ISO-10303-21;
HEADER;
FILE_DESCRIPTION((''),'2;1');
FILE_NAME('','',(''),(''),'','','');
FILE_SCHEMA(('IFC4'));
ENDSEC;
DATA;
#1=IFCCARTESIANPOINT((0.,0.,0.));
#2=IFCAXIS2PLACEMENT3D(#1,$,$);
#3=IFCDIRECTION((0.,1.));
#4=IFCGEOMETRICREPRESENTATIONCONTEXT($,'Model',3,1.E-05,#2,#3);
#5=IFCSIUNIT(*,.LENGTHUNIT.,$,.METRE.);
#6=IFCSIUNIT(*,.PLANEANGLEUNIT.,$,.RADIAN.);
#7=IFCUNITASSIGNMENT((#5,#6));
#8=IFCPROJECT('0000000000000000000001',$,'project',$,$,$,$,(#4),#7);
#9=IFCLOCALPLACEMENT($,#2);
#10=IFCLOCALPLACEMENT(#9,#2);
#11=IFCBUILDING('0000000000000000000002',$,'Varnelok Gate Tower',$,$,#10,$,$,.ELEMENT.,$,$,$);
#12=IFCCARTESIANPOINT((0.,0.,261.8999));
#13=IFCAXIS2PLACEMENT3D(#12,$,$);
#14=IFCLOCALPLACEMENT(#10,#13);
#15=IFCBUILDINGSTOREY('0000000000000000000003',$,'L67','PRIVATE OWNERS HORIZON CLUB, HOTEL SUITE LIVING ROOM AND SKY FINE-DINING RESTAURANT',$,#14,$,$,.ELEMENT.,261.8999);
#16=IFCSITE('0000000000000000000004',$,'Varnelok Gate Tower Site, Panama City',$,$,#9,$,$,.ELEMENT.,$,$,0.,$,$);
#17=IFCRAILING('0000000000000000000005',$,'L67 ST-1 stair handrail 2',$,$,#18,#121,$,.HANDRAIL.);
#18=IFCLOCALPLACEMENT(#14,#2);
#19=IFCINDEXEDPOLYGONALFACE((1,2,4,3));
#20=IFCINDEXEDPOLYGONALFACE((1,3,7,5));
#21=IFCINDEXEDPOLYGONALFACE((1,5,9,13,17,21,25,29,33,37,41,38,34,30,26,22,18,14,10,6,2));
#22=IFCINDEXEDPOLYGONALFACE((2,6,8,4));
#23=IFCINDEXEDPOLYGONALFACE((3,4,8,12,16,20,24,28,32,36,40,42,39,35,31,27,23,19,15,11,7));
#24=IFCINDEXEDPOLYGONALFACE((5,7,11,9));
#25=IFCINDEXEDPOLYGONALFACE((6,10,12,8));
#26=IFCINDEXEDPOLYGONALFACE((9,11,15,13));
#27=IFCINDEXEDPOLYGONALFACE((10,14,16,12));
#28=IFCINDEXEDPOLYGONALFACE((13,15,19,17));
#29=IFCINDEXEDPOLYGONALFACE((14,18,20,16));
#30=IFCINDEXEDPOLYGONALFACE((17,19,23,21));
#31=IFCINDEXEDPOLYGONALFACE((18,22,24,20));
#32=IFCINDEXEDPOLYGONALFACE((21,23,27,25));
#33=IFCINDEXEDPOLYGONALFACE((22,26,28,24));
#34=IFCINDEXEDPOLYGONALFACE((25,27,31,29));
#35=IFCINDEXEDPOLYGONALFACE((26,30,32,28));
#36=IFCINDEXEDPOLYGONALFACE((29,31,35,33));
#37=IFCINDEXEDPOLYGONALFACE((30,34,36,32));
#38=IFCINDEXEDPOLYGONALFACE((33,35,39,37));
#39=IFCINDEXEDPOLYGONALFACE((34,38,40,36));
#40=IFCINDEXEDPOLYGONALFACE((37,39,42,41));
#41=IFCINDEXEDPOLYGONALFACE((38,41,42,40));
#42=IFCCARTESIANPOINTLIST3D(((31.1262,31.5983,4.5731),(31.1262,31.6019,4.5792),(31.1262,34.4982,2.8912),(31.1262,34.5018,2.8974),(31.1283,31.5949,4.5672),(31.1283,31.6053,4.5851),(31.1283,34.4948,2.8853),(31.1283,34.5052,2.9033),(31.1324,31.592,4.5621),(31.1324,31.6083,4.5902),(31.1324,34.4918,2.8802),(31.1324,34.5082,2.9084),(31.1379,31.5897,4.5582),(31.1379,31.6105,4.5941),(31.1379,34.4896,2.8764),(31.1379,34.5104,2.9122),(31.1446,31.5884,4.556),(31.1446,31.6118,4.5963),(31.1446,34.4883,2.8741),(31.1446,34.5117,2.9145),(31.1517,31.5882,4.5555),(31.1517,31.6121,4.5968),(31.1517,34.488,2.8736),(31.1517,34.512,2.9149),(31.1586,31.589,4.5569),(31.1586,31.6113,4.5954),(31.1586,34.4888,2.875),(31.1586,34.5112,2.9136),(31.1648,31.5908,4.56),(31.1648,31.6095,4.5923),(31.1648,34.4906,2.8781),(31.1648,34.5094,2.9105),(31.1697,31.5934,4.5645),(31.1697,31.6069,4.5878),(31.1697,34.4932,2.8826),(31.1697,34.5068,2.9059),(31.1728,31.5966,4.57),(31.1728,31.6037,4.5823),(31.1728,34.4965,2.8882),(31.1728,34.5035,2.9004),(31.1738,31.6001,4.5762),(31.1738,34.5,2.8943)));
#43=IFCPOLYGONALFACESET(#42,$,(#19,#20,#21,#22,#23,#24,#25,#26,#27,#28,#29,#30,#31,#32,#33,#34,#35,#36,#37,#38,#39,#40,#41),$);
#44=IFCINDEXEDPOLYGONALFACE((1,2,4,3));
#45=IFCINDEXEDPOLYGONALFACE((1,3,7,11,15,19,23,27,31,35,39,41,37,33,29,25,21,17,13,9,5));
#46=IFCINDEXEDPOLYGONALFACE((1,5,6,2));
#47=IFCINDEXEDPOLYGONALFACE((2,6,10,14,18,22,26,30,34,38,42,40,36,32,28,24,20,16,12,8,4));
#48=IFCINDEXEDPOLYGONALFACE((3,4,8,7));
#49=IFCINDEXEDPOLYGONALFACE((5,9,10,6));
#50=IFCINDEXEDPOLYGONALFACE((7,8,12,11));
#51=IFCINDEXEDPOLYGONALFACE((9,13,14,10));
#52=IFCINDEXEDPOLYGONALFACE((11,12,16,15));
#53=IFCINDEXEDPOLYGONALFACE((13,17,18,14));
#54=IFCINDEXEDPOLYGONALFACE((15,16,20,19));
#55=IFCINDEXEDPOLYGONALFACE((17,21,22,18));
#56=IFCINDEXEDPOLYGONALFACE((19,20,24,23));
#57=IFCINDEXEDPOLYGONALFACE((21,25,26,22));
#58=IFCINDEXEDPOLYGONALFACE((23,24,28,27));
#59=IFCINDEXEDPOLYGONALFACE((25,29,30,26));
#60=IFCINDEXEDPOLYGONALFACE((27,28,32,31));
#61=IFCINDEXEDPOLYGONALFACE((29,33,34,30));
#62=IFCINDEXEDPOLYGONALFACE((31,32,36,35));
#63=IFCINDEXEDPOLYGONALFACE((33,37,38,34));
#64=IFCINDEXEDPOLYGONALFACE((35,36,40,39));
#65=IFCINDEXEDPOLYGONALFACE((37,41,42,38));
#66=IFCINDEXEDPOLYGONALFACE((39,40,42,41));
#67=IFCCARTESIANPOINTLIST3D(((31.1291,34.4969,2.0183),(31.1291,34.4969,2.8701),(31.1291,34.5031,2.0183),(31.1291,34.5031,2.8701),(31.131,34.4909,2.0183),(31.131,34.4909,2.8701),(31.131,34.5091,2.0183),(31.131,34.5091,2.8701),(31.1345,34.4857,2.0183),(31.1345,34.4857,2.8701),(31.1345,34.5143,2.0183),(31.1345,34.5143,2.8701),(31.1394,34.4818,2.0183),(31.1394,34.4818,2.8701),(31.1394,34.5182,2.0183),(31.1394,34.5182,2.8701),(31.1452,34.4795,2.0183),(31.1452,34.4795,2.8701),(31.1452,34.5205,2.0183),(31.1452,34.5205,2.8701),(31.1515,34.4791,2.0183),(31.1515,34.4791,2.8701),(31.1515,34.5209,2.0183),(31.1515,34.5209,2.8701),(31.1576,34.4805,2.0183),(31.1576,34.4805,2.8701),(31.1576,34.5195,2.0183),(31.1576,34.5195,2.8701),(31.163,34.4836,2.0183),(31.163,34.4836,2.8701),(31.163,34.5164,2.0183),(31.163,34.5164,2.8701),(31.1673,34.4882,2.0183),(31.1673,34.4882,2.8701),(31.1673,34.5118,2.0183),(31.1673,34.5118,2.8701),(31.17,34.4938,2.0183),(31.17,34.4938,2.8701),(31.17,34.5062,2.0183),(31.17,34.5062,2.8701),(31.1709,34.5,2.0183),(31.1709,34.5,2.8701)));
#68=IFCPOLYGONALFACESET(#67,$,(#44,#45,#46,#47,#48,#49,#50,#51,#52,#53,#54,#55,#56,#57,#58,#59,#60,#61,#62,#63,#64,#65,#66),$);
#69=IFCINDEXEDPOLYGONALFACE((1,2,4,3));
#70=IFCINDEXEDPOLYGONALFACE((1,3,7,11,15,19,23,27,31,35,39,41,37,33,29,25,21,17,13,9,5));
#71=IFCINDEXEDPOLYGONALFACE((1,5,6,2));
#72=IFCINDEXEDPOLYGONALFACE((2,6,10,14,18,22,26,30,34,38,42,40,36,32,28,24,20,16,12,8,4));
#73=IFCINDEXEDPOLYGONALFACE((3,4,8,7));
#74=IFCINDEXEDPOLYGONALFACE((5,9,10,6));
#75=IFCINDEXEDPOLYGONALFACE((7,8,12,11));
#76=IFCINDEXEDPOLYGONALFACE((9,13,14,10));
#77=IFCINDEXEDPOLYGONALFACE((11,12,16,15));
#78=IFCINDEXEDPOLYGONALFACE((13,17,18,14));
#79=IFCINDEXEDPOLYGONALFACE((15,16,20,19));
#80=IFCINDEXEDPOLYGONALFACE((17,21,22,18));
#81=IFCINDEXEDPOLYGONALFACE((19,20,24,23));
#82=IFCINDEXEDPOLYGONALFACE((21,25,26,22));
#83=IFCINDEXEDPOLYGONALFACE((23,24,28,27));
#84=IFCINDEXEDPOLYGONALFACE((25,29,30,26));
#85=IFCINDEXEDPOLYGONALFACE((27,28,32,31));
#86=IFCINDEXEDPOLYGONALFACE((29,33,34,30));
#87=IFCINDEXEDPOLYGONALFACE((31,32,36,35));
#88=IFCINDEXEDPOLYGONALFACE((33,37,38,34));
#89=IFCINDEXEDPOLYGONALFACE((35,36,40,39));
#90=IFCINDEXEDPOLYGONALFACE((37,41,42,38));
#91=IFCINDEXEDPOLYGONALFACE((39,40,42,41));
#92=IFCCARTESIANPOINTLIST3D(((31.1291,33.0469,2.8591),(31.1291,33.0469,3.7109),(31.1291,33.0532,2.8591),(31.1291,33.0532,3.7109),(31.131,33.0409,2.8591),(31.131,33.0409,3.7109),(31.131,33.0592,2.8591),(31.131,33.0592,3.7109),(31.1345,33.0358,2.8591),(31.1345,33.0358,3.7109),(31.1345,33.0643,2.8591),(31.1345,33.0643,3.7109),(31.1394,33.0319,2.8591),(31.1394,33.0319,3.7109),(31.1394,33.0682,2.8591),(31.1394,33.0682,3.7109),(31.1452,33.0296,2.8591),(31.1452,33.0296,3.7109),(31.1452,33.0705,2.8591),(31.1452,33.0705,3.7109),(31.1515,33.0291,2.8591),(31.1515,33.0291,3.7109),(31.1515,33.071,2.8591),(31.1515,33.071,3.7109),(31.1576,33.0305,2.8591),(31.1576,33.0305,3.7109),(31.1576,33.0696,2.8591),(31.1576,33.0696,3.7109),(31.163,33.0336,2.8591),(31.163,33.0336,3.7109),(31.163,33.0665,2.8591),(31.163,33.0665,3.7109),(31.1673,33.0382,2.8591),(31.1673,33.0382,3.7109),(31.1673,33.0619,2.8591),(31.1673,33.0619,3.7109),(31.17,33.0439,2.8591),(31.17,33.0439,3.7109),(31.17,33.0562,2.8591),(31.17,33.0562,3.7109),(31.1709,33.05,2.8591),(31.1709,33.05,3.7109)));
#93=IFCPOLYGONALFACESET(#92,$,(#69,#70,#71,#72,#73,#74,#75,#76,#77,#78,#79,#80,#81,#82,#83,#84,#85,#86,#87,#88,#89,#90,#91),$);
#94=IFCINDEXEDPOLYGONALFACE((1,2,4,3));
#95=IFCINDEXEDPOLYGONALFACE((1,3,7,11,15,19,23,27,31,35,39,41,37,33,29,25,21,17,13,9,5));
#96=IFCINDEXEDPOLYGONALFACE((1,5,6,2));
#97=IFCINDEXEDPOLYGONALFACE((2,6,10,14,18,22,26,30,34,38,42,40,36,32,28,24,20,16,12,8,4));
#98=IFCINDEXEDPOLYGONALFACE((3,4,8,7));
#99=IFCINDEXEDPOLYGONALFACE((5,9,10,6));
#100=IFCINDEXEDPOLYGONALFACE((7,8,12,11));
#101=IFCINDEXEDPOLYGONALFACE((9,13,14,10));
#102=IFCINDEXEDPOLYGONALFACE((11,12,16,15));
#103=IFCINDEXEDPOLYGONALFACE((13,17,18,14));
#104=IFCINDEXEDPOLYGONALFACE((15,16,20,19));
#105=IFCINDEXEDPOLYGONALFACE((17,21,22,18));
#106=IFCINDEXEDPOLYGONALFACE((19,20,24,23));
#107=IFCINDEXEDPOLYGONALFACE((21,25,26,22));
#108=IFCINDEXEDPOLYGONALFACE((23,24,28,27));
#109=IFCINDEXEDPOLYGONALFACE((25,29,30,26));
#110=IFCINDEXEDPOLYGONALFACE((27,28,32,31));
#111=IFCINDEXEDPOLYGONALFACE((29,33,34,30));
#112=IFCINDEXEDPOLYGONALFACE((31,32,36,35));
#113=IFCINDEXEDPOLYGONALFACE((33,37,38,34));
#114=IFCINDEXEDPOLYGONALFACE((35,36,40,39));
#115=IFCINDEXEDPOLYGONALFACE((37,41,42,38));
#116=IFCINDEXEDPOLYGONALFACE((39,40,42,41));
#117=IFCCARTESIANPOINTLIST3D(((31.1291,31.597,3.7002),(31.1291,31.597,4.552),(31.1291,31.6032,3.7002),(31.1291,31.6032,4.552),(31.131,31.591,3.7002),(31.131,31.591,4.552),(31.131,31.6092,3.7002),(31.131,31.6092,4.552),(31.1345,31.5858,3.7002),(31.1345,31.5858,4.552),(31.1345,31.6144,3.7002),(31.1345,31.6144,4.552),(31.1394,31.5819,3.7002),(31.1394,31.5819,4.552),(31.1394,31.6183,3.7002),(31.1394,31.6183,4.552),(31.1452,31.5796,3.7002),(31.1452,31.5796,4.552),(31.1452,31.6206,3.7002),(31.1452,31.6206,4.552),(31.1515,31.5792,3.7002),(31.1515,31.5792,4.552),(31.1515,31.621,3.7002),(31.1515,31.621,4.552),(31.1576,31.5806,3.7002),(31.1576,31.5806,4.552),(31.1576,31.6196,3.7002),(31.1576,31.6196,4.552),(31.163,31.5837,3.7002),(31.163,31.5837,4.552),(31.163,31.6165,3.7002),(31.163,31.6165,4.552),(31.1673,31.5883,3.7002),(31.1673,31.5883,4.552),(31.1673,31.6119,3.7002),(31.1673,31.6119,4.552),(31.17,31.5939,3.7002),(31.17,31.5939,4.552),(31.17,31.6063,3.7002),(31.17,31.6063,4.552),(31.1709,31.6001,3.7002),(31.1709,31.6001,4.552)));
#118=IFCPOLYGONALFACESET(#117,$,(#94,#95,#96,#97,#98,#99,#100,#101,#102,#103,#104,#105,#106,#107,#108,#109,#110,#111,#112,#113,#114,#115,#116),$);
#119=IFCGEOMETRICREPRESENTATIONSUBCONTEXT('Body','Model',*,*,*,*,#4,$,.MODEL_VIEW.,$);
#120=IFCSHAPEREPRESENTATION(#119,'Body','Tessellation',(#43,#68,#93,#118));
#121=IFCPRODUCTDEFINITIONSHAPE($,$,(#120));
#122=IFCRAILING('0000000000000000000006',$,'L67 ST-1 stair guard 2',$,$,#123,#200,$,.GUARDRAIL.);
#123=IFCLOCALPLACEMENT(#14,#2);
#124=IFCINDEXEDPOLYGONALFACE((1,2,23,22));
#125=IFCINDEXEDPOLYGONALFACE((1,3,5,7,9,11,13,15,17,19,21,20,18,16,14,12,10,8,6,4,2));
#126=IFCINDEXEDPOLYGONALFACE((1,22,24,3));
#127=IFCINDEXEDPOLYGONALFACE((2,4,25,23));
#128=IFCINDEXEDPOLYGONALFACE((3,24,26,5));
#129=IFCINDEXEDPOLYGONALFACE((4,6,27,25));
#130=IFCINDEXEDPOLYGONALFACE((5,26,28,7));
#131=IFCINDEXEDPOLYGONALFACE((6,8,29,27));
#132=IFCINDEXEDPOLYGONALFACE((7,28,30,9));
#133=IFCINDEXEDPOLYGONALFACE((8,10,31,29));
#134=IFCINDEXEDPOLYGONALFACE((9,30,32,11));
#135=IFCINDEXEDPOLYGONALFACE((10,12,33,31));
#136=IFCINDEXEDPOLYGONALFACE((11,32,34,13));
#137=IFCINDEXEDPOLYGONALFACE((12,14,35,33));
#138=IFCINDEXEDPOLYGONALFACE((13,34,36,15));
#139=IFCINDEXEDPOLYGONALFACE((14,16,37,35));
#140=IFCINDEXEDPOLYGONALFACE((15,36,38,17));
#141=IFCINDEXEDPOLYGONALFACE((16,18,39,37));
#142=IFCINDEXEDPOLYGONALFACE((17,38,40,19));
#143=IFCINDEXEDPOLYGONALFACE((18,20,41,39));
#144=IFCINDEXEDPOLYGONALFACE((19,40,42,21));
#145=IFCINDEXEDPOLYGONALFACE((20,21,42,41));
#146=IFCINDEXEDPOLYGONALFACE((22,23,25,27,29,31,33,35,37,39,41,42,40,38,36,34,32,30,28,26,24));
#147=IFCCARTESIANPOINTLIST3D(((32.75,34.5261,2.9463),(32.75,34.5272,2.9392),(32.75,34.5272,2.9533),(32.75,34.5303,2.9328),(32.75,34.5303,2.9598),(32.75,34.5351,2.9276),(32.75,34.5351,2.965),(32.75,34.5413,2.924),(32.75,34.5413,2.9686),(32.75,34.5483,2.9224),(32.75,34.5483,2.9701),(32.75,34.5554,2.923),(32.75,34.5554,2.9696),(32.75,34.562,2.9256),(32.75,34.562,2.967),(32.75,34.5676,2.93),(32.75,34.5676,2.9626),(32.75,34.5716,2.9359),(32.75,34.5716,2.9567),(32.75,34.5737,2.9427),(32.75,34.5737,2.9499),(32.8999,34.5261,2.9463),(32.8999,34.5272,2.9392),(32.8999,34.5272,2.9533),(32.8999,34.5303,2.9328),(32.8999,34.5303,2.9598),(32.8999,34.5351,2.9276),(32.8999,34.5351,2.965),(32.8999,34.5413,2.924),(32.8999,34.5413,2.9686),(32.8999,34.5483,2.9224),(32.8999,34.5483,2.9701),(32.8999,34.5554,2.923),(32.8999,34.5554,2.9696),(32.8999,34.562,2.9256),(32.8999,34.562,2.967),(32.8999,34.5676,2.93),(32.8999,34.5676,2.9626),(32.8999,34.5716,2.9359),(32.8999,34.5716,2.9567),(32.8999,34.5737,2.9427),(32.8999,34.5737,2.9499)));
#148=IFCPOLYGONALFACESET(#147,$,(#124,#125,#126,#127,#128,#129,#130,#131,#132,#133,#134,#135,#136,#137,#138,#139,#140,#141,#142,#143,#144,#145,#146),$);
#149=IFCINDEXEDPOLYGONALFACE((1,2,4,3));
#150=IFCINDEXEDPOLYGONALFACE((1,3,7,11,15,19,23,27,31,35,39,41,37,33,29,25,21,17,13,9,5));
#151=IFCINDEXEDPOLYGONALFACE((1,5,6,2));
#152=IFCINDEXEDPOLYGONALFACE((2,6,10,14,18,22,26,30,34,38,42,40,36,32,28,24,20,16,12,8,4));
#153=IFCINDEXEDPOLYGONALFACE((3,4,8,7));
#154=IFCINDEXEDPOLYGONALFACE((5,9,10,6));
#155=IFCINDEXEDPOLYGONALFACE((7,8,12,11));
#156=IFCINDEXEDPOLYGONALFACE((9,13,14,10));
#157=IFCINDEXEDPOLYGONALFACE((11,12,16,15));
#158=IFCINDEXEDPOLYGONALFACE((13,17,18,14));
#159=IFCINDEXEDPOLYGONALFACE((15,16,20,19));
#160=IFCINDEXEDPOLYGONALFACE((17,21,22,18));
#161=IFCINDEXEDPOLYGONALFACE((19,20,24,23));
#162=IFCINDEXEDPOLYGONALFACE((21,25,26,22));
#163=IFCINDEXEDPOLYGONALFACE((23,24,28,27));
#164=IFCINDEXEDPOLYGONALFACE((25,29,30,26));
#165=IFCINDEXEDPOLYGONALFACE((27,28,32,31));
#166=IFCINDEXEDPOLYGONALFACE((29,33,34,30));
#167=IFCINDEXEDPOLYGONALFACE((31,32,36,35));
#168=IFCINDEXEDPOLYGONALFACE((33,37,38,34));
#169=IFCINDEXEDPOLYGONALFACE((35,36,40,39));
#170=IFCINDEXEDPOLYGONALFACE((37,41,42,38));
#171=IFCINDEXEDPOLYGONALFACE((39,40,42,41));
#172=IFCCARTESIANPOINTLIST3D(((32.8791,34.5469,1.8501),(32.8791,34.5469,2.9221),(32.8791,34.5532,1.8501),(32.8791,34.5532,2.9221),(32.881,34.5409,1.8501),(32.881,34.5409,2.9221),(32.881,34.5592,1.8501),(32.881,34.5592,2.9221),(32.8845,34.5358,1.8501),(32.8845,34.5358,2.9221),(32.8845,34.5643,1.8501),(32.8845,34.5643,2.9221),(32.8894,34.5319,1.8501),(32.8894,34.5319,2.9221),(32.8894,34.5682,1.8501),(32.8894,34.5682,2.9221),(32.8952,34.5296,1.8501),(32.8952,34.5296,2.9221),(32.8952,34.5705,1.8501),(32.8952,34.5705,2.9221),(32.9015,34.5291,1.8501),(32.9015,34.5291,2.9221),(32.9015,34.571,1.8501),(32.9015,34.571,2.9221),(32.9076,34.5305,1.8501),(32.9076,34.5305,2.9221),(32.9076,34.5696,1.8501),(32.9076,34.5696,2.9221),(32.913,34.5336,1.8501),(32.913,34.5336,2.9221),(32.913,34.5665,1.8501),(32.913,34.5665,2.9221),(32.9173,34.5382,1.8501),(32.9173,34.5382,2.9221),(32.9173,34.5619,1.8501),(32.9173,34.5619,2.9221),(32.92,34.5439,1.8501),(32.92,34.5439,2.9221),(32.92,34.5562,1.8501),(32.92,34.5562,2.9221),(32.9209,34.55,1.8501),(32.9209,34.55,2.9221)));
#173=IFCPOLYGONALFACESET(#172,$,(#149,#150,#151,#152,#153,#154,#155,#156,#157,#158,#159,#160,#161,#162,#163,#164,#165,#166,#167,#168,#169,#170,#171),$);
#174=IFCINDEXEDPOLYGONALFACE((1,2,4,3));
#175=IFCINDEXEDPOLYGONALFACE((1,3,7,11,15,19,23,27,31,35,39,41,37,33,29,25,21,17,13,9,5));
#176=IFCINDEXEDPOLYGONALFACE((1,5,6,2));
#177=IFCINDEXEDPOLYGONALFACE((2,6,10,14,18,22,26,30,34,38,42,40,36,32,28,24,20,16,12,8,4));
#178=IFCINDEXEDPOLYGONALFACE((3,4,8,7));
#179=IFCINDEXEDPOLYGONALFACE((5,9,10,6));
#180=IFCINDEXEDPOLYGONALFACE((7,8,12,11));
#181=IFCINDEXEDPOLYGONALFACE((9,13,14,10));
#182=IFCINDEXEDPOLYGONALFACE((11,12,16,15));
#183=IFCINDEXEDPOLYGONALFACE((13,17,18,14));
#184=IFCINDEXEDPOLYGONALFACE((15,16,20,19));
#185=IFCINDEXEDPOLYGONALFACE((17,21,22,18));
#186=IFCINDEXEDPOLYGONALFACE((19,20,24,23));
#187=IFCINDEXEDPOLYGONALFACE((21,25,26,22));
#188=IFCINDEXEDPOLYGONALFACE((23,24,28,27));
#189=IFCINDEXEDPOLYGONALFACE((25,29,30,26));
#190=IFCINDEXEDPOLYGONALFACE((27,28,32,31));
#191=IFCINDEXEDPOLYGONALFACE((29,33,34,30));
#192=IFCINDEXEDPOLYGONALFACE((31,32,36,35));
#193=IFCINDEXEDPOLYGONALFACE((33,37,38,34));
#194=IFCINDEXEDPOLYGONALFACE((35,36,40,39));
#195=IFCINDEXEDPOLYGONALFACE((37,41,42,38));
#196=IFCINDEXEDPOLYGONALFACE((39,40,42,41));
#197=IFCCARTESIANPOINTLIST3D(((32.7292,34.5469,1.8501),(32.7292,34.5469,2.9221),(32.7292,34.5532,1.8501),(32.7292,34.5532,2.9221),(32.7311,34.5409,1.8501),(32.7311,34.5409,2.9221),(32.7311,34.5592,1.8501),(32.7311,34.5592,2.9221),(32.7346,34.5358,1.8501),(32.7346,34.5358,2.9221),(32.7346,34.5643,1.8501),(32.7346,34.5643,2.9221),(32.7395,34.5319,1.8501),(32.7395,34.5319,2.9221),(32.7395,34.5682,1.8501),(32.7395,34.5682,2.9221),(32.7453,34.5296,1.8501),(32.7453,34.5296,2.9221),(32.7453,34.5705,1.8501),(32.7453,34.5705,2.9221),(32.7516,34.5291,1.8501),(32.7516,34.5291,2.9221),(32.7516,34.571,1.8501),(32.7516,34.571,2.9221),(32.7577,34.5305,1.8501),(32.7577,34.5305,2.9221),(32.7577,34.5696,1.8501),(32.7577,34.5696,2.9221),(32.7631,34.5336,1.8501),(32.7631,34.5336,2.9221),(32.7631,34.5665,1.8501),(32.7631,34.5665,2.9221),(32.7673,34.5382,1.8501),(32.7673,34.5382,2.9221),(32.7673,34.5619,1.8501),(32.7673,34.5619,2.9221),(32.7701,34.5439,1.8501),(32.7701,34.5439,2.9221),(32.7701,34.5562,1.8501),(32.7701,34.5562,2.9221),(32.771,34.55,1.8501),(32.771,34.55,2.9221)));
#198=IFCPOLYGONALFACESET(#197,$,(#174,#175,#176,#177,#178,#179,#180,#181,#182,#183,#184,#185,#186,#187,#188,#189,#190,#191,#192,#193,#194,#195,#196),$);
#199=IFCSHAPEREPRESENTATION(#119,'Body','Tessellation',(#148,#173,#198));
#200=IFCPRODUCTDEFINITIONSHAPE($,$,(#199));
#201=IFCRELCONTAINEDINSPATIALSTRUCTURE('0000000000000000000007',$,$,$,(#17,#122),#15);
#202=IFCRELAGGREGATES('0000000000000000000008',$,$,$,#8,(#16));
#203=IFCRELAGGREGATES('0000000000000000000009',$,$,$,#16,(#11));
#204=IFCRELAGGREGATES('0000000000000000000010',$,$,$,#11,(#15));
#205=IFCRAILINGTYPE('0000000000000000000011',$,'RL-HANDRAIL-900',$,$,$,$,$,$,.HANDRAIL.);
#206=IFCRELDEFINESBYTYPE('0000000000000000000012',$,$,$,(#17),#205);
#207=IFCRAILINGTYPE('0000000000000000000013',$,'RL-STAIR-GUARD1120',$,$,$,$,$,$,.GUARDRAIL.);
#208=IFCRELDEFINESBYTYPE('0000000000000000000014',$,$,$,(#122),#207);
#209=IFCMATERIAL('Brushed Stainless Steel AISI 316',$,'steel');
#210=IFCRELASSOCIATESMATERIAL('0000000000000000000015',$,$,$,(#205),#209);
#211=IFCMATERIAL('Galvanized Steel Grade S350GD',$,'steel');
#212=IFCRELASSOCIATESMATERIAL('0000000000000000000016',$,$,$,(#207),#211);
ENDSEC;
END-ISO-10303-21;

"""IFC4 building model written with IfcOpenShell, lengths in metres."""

from ifc_helpers import new_model, si_unit, direction, frame, origin, origin_2d, place, context, subcontext, project, spatial, circle, extrude, material, type_object, element, save


model = new_model("IFC4")

# Units and contexts
model_context = context("Model", 3, precision=1e-05, world=origin(), true_north=direction((0.0, 1.0)))
body_context = subcontext(model_context, "Body", "Model", "MODEL_VIEW")
ifc_project = project(units=[si_unit("LENGTHUNIT", "METRE"), si_unit("PLANEANGLEUNIT", "RADIAN")], contexts=[model_context])

# Site, building, storey
site_placement = place(None, origin())
site = spatial("IfcSite", under=ifc_project, at=site_placement, Name="Varnelok Gate Tower Site, Panama City", CompositionType="ELEMENT", RefElevation=0.0)
building_placement = place(site_placement, origin())
building = spatial("IfcBuilding", under=site, at=building_placement, Name="Varnelok Gate Tower", CompositionType="ELEMENT")
storey_placement = place(building_placement, frame((0.0, 0.0, 261.8999)))
storey = spatial("IfcBuildingStorey", under=building, at=storey_placement, Name="L67", Description="PRIVATE OWNERS HORIZON CLUB, HOTEL SUITE LIVING ROOM AND SKY FINE-DINING RESTAURANT", CompositionType="ELEMENT", Elevation=261.8999)

# Shared definitions
ifc_material_1 = material(Name="Galvanized Steel Grade S350GD", Category="steel")

# Railings
ifc_material_2 = material(Name="Brushed Stainless Steel AISI 316", Category="steel")
railing_type_1 = type_object("IfcRailingType", Name="RL-HANDRAIL-900", PredefinedType="HANDRAIL", material=ifc_material_2)
railing_1_placement = place(storey_placement, frame((31.1499, 34.5, 2.0183)))
element("IfcRailing", 1, at=railing_1_placement, inside=storey, type_object=railing_type_1, Name="L67 ST-1 stair handrail 2", PredefinedType="HANDRAIL", context=body_context, shape_type="SweptSolid", body=[
    extrude(circle(Radius=0.0239, at=origin_2d()), frame((0.0, 0.0, 0.876), z_axis=(0.0, -0.865039, 0.501705), x_axis=(1.0, 0.0, 0.0)), (0.0, 0.0, 1.0), 3.3523),
    extrude(circle(Radius=0.021, at=origin_2d()), origin(), (0.0, 0.0, 1.0), 0.8518),
    extrude(circle(Radius=0.021, at=origin_2d()), frame((0.0, -1.45, 0.8408)), (0.0, 0.0, 1.0), 0.8518),
    extrude(circle(Radius=0.021, at=origin_2d()), frame((0.0, -2.8999, 1.6819)), (0.0, 0.0, 1.0), 0.8518),
])
railing_type_2 = type_object("IfcRailingType", Name="RL-STAIR-GUARD1120", PredefinedType="GUARDRAIL", material=ifc_material_1)
railing_2_placement = place(storey_placement, frame((32.8999, 34.55, 1.8501)))
element("IfcRailing", 2, at=railing_2_placement, inside=storey, type_object=railing_type_2, Name="L67 ST-1 stair guard 2", PredefinedType="GUARDRAIL", context=body_context, shape_type="SweptSolid", body=[
    extrude(circle(Radius=0.0239, at=origin_2d()), frame((0.0, 0.0, 1.0962), z_axis=(-1.0, 0.0, 0.0), x_axis=(0.0, -1.0, 0.0)), (0.0, 0.0, 1.0), 0.1499),
    extrude(circle(Radius=0.021, at=origin_2d()), origin(), (0.0, 0.0, 1.0), 1.072),
    extrude(circle(Radius=0.021, at=origin_2d()), frame((-0.1499, 0.0, 0.0)), (0.0, 0.0, 1.0), 1.072),
])

save(model, "model.ifc")
